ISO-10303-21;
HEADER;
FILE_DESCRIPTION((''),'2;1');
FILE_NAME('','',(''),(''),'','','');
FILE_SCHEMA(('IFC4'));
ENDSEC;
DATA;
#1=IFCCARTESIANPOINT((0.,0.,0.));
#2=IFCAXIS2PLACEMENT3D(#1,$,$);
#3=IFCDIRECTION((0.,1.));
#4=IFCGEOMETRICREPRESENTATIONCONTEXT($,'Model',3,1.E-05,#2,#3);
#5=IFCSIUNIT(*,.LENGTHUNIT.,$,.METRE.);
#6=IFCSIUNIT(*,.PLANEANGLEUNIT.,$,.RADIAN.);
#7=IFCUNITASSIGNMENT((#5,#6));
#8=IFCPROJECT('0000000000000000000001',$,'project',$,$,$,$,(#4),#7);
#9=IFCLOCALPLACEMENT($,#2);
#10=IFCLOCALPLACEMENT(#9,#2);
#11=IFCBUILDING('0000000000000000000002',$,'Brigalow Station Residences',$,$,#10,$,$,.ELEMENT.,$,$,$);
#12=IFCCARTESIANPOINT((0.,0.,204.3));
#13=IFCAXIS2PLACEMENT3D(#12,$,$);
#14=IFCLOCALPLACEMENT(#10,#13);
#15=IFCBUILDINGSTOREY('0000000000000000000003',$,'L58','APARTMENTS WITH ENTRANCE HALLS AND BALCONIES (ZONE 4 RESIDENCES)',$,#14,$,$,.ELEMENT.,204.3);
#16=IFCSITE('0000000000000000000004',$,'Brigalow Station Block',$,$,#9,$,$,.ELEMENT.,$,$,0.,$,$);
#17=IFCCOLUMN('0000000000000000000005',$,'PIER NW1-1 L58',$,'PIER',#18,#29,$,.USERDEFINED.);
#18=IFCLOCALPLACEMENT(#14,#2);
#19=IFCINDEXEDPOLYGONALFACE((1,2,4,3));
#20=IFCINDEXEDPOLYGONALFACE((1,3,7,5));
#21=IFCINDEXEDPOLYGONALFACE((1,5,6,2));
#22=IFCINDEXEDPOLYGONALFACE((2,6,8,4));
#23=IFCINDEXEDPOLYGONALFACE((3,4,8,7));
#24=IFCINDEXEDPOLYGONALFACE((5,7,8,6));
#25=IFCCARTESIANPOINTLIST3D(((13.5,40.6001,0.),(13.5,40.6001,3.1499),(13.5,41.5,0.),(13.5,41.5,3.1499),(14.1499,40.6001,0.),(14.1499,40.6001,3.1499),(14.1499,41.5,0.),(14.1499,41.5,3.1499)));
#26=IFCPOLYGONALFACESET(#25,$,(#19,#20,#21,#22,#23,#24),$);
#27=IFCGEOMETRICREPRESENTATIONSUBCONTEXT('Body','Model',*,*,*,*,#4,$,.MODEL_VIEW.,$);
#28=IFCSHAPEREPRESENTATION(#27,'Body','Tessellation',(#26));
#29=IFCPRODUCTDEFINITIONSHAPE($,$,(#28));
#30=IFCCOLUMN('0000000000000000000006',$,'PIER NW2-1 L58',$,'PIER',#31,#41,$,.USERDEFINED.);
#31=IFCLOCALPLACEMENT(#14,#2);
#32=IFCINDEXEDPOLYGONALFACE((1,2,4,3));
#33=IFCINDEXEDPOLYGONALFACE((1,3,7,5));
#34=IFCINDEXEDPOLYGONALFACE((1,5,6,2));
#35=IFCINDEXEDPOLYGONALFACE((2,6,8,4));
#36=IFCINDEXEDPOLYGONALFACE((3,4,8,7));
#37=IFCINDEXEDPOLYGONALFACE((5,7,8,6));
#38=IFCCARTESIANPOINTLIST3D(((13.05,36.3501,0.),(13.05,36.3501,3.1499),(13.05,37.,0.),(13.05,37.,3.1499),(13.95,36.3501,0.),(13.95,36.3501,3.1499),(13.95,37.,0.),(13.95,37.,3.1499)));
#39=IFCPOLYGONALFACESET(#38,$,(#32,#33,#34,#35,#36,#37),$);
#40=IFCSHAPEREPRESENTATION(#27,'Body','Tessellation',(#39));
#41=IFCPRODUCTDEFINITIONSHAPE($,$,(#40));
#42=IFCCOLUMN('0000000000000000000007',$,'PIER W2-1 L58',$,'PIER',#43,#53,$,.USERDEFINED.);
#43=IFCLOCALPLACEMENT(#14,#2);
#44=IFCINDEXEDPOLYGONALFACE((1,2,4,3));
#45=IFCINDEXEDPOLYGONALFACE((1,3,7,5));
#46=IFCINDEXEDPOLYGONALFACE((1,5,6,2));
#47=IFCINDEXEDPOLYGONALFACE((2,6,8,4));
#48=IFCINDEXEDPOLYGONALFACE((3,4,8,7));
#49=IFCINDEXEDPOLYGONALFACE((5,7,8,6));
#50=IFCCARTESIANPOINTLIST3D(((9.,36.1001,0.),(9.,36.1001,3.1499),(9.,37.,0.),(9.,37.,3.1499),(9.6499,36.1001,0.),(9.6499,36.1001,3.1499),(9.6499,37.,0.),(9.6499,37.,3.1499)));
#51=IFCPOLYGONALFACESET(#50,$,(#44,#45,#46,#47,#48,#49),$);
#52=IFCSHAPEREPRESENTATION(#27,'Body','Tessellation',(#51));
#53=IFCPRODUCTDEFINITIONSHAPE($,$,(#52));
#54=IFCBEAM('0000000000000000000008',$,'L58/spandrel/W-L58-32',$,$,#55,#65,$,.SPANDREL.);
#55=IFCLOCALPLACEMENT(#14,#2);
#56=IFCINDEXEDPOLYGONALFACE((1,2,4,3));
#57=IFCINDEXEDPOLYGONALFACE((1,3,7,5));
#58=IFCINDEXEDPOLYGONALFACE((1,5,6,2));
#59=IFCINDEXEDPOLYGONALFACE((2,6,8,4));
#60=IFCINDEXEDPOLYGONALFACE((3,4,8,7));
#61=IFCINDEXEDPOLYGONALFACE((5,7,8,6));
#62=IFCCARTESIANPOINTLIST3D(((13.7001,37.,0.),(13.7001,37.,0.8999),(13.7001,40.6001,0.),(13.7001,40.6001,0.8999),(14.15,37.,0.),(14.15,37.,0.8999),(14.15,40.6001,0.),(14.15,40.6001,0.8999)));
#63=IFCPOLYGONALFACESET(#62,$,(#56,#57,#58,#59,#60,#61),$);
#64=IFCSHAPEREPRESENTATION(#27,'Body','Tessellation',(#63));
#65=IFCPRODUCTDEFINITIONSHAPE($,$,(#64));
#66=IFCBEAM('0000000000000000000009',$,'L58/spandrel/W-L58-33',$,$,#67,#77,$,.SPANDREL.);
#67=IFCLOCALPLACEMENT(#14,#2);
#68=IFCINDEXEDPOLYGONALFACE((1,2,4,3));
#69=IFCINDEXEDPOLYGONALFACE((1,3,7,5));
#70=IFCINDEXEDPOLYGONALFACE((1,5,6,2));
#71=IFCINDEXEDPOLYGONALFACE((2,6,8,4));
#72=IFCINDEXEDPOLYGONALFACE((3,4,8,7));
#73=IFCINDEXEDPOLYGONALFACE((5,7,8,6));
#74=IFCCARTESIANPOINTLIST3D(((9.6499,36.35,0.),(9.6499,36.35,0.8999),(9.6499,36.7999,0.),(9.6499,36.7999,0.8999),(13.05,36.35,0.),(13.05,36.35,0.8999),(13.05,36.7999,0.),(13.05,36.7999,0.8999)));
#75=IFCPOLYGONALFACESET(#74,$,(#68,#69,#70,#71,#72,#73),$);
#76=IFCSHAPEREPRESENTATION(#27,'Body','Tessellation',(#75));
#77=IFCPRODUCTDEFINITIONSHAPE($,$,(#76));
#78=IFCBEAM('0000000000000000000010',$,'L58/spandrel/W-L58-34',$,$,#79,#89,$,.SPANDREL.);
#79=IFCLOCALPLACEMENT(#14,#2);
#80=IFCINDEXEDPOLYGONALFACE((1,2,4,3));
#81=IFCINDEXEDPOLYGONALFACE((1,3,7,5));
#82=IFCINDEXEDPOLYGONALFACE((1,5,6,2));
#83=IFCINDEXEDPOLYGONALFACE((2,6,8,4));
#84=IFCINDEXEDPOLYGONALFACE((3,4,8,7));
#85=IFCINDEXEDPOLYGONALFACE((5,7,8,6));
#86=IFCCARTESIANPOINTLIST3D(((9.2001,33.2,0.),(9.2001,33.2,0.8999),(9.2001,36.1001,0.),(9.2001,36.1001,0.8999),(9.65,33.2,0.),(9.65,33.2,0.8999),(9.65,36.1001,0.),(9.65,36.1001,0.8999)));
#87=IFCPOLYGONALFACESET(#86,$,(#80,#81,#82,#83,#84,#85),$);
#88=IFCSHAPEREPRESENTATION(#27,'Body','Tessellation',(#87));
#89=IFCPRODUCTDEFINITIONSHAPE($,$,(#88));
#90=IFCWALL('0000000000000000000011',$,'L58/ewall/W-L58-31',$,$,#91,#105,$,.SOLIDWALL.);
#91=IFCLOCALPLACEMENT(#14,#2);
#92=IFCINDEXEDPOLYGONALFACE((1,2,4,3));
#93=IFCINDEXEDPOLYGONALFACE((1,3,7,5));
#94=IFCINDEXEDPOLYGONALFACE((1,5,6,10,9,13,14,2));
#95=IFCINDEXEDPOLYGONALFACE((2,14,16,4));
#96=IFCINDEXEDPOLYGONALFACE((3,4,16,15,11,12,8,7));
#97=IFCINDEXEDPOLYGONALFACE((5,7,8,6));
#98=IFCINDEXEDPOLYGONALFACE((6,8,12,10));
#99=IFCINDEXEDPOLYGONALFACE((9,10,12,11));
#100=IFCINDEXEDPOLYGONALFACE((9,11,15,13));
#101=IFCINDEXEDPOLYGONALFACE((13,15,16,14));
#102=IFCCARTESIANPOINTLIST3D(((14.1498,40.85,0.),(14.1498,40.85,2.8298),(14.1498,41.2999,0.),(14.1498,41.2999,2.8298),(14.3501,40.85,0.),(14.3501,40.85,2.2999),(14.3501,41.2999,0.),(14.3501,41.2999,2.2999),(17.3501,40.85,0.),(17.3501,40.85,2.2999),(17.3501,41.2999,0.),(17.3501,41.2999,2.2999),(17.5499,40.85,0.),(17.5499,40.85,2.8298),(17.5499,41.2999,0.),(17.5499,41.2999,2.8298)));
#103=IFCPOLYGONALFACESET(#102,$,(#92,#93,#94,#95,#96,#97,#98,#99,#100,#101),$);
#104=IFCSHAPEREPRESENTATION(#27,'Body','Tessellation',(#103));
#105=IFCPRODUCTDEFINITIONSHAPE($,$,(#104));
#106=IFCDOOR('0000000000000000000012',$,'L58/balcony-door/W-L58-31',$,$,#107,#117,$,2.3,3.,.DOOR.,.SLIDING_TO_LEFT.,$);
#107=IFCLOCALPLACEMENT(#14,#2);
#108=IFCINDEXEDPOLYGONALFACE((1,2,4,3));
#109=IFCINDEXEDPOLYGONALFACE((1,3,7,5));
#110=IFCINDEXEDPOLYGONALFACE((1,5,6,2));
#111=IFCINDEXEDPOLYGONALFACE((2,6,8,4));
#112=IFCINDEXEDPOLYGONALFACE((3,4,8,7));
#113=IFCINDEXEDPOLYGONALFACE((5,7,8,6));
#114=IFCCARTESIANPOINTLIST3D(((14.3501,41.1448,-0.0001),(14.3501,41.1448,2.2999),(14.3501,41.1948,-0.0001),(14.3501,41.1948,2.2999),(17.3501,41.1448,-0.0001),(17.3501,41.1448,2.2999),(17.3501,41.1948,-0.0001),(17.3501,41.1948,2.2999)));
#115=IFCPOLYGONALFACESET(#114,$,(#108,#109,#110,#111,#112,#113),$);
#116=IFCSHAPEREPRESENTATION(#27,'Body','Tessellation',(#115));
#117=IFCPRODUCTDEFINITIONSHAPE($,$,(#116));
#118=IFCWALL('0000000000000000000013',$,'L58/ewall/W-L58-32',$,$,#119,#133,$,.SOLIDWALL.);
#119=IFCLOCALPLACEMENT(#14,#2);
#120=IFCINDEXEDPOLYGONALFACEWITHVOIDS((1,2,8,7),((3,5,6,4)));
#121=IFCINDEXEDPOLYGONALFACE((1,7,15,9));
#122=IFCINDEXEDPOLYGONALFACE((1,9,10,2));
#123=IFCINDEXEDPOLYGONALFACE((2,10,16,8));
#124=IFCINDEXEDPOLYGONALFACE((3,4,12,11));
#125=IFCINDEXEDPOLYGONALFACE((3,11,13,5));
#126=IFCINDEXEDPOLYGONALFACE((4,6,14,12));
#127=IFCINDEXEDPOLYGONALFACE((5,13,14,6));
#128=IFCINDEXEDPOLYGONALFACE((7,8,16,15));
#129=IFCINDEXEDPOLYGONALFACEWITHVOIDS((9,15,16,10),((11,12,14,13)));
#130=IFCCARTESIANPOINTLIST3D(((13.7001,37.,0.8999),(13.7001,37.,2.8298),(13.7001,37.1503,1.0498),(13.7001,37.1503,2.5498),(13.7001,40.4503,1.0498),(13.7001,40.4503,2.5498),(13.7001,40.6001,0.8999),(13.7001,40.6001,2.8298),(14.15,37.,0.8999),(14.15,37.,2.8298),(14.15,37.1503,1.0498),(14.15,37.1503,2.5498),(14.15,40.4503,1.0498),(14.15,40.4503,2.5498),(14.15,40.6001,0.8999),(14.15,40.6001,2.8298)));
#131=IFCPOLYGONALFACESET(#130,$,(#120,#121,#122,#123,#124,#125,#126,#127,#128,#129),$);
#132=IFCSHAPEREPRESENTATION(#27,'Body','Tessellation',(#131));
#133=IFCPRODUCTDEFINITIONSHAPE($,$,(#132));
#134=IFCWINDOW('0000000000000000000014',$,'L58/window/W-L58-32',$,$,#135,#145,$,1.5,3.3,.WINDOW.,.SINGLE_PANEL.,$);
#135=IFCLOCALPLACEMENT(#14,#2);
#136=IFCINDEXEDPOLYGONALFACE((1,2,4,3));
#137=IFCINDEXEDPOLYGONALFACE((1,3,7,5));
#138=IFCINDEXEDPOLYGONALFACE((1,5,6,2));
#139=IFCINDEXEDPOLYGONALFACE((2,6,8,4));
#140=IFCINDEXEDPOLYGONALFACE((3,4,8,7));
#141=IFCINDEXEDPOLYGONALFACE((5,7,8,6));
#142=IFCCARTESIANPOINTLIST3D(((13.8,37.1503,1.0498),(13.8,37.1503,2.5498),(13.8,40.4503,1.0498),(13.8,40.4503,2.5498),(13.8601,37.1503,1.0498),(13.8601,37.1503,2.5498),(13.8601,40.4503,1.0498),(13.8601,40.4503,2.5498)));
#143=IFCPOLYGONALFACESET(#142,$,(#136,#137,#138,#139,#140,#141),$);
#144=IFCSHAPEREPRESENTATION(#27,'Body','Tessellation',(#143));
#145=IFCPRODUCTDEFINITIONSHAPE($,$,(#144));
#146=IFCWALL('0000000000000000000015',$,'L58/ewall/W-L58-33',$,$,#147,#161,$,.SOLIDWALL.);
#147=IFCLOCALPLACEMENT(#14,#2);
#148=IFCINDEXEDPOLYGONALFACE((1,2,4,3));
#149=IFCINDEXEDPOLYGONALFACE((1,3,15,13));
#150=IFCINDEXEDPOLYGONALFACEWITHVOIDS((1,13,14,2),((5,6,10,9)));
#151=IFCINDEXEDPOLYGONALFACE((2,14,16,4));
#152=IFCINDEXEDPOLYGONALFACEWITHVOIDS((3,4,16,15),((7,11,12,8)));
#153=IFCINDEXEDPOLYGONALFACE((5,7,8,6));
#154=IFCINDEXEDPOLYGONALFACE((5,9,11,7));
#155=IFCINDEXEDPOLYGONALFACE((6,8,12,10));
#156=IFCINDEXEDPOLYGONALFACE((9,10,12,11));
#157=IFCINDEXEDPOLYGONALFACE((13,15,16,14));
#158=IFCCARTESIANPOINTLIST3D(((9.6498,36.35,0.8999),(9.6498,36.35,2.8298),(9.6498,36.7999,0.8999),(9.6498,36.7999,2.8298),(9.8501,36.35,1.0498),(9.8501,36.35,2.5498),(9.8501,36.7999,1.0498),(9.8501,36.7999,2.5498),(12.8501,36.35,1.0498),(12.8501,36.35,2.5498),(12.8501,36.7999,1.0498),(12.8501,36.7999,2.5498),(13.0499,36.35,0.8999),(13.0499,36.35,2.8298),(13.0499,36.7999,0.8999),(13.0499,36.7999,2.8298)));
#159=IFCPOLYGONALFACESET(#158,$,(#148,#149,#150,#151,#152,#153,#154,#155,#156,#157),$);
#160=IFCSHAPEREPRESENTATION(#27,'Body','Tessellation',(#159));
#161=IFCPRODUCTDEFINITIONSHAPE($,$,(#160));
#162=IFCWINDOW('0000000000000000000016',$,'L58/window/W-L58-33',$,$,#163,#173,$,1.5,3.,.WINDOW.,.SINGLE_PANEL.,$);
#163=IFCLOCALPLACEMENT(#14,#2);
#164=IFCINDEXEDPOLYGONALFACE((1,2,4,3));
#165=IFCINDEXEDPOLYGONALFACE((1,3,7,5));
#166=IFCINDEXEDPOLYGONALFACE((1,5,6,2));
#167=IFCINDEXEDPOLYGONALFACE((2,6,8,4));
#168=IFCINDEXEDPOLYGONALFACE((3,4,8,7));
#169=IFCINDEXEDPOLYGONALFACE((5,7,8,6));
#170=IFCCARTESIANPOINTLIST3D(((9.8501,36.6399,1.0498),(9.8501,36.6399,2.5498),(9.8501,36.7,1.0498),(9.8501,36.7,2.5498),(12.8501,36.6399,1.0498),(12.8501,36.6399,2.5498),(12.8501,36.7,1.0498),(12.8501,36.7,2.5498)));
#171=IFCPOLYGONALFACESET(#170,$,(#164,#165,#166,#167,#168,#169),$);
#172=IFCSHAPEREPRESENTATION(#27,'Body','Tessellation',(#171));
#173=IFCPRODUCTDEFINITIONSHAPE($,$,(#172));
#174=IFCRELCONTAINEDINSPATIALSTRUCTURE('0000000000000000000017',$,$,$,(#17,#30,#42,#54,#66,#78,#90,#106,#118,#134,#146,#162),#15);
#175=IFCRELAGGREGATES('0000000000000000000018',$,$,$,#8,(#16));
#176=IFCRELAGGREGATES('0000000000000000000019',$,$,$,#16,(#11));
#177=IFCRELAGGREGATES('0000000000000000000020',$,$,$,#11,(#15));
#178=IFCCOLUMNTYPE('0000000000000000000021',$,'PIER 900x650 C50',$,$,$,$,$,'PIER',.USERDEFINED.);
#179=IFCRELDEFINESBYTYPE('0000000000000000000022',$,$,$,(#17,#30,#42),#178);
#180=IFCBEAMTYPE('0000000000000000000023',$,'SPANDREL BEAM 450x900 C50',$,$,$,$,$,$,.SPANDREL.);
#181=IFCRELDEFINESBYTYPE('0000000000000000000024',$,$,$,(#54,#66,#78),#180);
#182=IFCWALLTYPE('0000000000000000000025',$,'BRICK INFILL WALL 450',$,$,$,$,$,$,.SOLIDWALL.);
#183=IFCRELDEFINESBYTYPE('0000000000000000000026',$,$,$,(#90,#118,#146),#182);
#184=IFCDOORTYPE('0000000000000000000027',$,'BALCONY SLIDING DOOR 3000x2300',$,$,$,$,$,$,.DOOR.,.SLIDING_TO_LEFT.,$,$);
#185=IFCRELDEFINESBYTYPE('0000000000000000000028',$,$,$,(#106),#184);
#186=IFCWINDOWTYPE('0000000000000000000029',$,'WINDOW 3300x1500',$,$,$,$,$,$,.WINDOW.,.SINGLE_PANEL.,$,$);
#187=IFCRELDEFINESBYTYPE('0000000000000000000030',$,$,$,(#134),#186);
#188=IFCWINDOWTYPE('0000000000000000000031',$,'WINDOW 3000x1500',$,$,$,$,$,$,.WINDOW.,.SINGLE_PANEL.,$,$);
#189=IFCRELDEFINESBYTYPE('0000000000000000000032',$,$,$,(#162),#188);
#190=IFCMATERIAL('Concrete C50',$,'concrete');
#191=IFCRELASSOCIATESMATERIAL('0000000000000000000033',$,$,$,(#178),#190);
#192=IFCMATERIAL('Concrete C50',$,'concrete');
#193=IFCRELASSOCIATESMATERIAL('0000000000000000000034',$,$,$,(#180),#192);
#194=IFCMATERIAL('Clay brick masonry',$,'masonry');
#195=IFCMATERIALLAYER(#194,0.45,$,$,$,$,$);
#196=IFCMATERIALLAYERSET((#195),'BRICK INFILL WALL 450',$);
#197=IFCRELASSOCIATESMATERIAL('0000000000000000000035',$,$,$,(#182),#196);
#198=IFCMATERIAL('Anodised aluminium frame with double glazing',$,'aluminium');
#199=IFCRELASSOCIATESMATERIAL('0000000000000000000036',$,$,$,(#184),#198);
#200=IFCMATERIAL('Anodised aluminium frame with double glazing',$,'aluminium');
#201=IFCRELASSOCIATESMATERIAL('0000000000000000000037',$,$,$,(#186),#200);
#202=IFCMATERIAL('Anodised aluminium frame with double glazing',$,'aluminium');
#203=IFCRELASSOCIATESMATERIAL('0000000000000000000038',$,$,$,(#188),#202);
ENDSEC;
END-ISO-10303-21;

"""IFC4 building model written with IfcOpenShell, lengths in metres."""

from ifc_helpers import new_model, si_unit, direction, frame, frame_2d, origin, origin_2d, place, context, subcontext, project, spatial, rectangle, extrude, material, layer, layer_set, material_profile, profile_set, type_object, element, fill, save


model = new_model("IFC4")

# Units and contexts
model_context = context("Model", 3, precision=1e-05, world=origin(), true_north=direction((0.0, 1.0)))
body_context = subcontext(model_context, "Body", "Model", "MODEL_VIEW")
ifc_project = project(units=[si_unit("LENGTHUNIT", "METRE"), si_unit("PLANEANGLEUNIT", "RADIAN")], contexts=[model_context])

# Site, building, storey
site_placement = place(None, origin())
site = spatial("IfcSite", under=ifc_project, at=site_placement, Name="Brigalow Station Block", CompositionType="ELEMENT", RefElevation=0.0)
building_placement = place(site_placement, origin())
building = spatial("IfcBuilding", under=site, at=building_placement, Name="Brigalow Station Residences", CompositionType="ELEMENT")
storey_placement = place(building_placement, frame((0.0, 0.0, 204.3)))
storey = spatial("IfcBuildingStorey", under=building, at=storey_placement, Name="L58", Description="APARTMENTS WITH ENTRANCE HALLS AND BALCONIES (ZONE 4 RESIDENCES)", CompositionType="ELEMENT", Elevation=204.3)

# Columns
ifc_material_1 = material(Name="Concrete C50", Category="concrete")
ifc_material_profile_1 = material_profile(ifc_material_1, rectangle(XDim=0.8999, YDim=0.6499, at=origin_2d()), Name="RC900x650")
ifc_profile_set_1 = profile_set([ifc_material_profile_1], Name="Concrete C50")
column_type = type_object("IfcColumnType", Name="PIER 900x650 C50", ElementType="PIER", PredefinedType="USERDEFINED", material=ifc_profile_set_1)
for number, where, z_axis, x_axis, name in (
    (1, (13.825, 41.05, 0.0), (0.0, 0.0, 1.0), (0.0, -1.0, 0.0), "PIER NW1-1 L58"),
    (2, (13.5, 36.675, 0.0), (0.0, 0.0, 1.0), (-1.0, 0.0, 0.0), "PIER NW2-1 L58"),
    (3, (9.325, 36.55, 0.0), (0.0, 0.0, 1.0), (0.0, -1.0, 0.0), "PIER W2-1 L58"),
):
    element("IfcColumn", number, at=place(storey_placement, frame(where, z_axis=z_axis, x_axis=x_axis)), inside=storey, type_object=column_type, Name=name, ObjectType="PIER", PredefinedType="USERDEFINED", context=body_context, shape_type="SweptSolid", body=[
        extrude(rectangle(XDim=0.8999, YDim=0.6499, at=origin_2d()), origin(), (0.0, 0.0, 1.0), 3.1499),
    ])

# Beams
ifc_material_2 = material(Name="Concrete C50", Category="concrete")
ifc_material_profile_2 = material_profile(ifc_material_2, rectangle(XDim=0.45, YDim=0.8999, at=origin_2d()), Name="RC450x900")
ifc_profile_set_2 = profile_set([ifc_material_profile_2], Name="Concrete C50")
beam_type = type_object("IfcBeamType", Name="SPANDREL BEAM 450x900 C50", PredefinedType="SPANDREL", material=ifc_profile_set_2)
beam_1_placement = place(storey_placement, frame((13.925, 40.6001, 0.45), z_axis=(0.0, -1.0, 0.0), x_axis=(1.0, 0.0, 0.0)))
element("IfcBeam", 4, at=beam_1_placement, inside=storey, type_object=beam_type, Name="L58/spandrel/W-L58-32", PredefinedType="SPANDREL", context=body_context, shape_type="SweptSolid", body=[
    extrude(rectangle(XDim=0.45, YDim=0.8999, at=origin_2d()), origin(), (0.0, 0.0, 1.0), 3.6001),
])
beam_2_placement = place(storey_placement, frame((13.05, 36.575, 0.45), z_axis=(-1.0, 0.0, 0.0), x_axis=(0.0, -1.0, 0.0)))
element("IfcBeam", 5, at=beam_2_placement, inside=storey, type_object=beam_type, Name="L58/spandrel/W-L58-33", PredefinedType="SPANDREL", context=body_context, shape_type="SweptSolid", body=[
    extrude(rectangle(XDim=0.45, YDim=0.8999, at=origin_2d()), origin(), (0.0, 0.0, 1.0), 3.4001),
])
beam_3_placement = place(storey_placement, frame((9.425, 36.1001, 0.45), z_axis=(0.0, -1.0, 0.0), x_axis=(1.0, 0.0, 0.0)))
element("IfcBeam", 6, at=beam_3_placement, inside=storey, type_object=beam_type, Name="L58/spandrel/W-L58-34", PredefinedType="SPANDREL", context=body_context, shape_type="SweptSolid", body=[
    extrude(rectangle(XDim=0.45, YDim=0.8999, at=origin_2d()), origin(), (0.0, 0.0, 1.0), 2.9001),
])

# Wall, opening, door
ifc_material_3 = material(Name="Clay brick masonry", Category="masonry")
ifc_layer_1 = layer(ifc_material_3, 0.45)
ifc_layer_set_1 = layer_set([ifc_layer_1], Name="BRICK INFILL WALL 450")
wall_type = type_object("IfcWallType", Name="BRICK INFILL WALL 450", PredefinedType="SOLIDWALL", material=ifc_layer_set_1)
wall_1_placement = place(storey_placement, frame((17.55, 41.075, 0.0), z_axis=(0.0, 0.0, 1.0), x_axis=(-1.0, 0.0, 0.0)))
wall_1 = element("IfcWall", 7, at=wall_1_placement, inside=storey, type_object=wall_type, Name="L58/ewall/W-L58-31", PredefinedType="SOLIDWALL", context=body_context, shape_type="SweptSolid", body=[
    extrude(rectangle(XDim=3.4001, YDim=0.45, at=frame_2d((1.7002, 0.0))), origin(), (0.0, 0.0, 1.0), 2.8298),
])
opening_1_placement = place(wall_1_placement, frame((0.2, 0.0, 0.0)))
opening_1 = element("IfcOpeningElement", 8, at=opening_1_placement, cuts=wall_1, PredefinedType="OPENING", context=body_context, shape_type="SweptSolid", body=[
    extrude(rectangle(XDim=3.0, YDim=2.3, at=frame_2d((1.5, 1.1499))), frame((0.0, 0.2349, 0.0), z_axis=(0.0, -1.0, 0.0), x_axis=(1.0, 0.0, 0.0)), (0.0, 0.0, 1.0), 0.47),
])
ifc_material_4 = material(Name="Anodised aluminium frame with double glazing", Category="aluminium")
door_type = type_object("IfcDoorType", Name="BALCONY SLIDING DOOR 3000x2300", OperationType="SLIDING_TO_LEFT", PredefinedType="DOOR", material=ifc_material_4)
door_placement = place(opening_1_placement, origin())
door = element("IfcDoor", 9, at=door_placement, inside=storey, type_object=door_type, Name="L58/balcony-door/W-L58-31", OperationType="SLIDING_TO_LEFT", OverallHeight=2.3, OverallWidth=3.0, PredefinedType="DOOR", context=body_context, shape_type="SweptSolid", body=[
    extrude(rectangle(XDim=3.0, YDim=2.3, at=frame_2d((1.5, 1.1499))), frame((0.0, -0.0698, 0.0), z_axis=(0.0, -1.0, 0.0), x_axis=(1.0, 0.0, 0.0)), (0.0, 0.0, 1.0), 0.05),
])
fill(opening_1, door)

# Walls, openings, windows
wall_2_placement = place(storey_placement, frame((13.925, 40.6001, 0.8999), z_axis=(0.0, 0.0, 1.0), x_axis=(0.0, -1.0, 0.0)))
wall_2 = element("IfcWall", 10, at=wall_2_placement, inside=storey, type_object=wall_type, Name="L58/ewall/W-L58-32", PredefinedType="SOLIDWALL", context=body_context, shape_type="SweptSolid", body=[
    extrude(rectangle(XDim=3.6001, YDim=0.45, at=frame_2d((1.8, 0.0))), origin(), (0.0, 0.0, 1.0), 1.9299),
])
opening_2_placement = place(wall_2_placement, frame((0.1499, 0.0, 0.1499)))
opening_2 = element("IfcOpeningElement", 11, at=opening_2_placement, cuts=wall_2, PredefinedType="OPENING", context=body_context, shape_type="SweptSolid", body=[
    extrude(rectangle(XDim=3.3, YDim=1.5, at=frame_2d((1.6499, 0.75))), frame((0.0, 0.2349, 0.0), z_axis=(0.0, -1.0, 0.0), x_axis=(1.0, 0.0, 0.0)), (0.0, 0.0, 1.0), 0.47),
])
ifc_material_5 = material(Name="Anodised aluminium frame with double glazing", Category="aluminium")
window_type_1 = type_object("IfcWindowType", Name="WINDOW 3300x1500", PartitioningType="SINGLE_PANEL", PredefinedType="WINDOW", material=ifc_material_5)
window_1_placement = place(opening_2_placement, origin())
window_1 = element("IfcWindow", 12, at=window_1_placement, inside=storey, type_object=window_type_1, Name="L58/window/W-L58-32", OverallHeight=1.5, OverallWidth=3.3, PartitioningType="SINGLE_PANEL", PredefinedType="WINDOW", context=body_context, shape_type="SweptSolid", body=[
    extrude(rectangle(XDim=3.3, YDim=1.5, at=frame_2d((1.6499, 0.75))), frame((0.0, -0.0649, 0.0), z_axis=(0.0, -1.0, 0.0), x_axis=(1.0, 0.0, 0.0)), (0.0, 0.0, 1.0), 0.0601),
])
fill(opening_2, window_1)
wall_3_placement = place(storey_placement, frame((13.05, 36.575, 0.8999), z_axis=(0.0, 0.0, 1.0), x_axis=(-1.0, 0.0, 0.0)))
wall_3 = element("IfcWall", 13, at=wall_3_placement, inside=storey, type_object=wall_type, Name="L58/ewall/W-L58-33", PredefinedType="SOLIDWALL", context=body_context, shape_type="SweptSolid", body=[
    extrude(rectangle(XDim=3.4001, YDim=0.45, at=frame_2d((1.7002, 0.0))), origin(), (0.0, 0.0, 1.0), 1.9299),
])
opening_3_placement = place(wall_3_placement, frame((0.2, 0.0, 0.1499)))
opening_3 = element("IfcOpeningElement", 14, at=opening_3_placement, cuts=wall_3, PredefinedType="OPENING", context=body_context, shape_type="SweptSolid", body=[
    extrude(rectangle(XDim=3.0, YDim=1.5, at=frame_2d((1.5, 0.75))), frame((0.0, 0.2349, 0.0), z_axis=(0.0, -1.0, 0.0), x_axis=(1.0, 0.0, 0.0)), (0.0, 0.0, 1.0), 0.47),
])
ifc_material_6 = material(Name="Anodised aluminium frame with double glazing", Category="aluminium")
window_type_2 = type_object("IfcWindowType", Name="WINDOW 3000x1500", PartitioningType="SINGLE_PANEL", PredefinedType="WINDOW", material=ifc_material_6)
window_2_placement = place(opening_3_placement, origin())
window_2 = element("IfcWindow", 15, at=window_2_placement, inside=storey, type_object=window_type_2, Name="L58/window/W-L58-33", OverallHeight=1.5, OverallWidth=3.0, PartitioningType="SINGLE_PANEL", PredefinedType="WINDOW", context=body_context, shape_type="SweptSolid", body=[
    extrude(rectangle(XDim=3.0, YDim=1.5, at=frame_2d((1.5, 0.75))), frame((0.0, -0.0649, 0.0), z_axis=(0.0, -1.0, 0.0), x_axis=(1.0, 0.0, 0.0)), (0.0, 0.0, 1.0), 0.0601),
])
fill(opening_3, window_2)

save(model, "model.ifc")
